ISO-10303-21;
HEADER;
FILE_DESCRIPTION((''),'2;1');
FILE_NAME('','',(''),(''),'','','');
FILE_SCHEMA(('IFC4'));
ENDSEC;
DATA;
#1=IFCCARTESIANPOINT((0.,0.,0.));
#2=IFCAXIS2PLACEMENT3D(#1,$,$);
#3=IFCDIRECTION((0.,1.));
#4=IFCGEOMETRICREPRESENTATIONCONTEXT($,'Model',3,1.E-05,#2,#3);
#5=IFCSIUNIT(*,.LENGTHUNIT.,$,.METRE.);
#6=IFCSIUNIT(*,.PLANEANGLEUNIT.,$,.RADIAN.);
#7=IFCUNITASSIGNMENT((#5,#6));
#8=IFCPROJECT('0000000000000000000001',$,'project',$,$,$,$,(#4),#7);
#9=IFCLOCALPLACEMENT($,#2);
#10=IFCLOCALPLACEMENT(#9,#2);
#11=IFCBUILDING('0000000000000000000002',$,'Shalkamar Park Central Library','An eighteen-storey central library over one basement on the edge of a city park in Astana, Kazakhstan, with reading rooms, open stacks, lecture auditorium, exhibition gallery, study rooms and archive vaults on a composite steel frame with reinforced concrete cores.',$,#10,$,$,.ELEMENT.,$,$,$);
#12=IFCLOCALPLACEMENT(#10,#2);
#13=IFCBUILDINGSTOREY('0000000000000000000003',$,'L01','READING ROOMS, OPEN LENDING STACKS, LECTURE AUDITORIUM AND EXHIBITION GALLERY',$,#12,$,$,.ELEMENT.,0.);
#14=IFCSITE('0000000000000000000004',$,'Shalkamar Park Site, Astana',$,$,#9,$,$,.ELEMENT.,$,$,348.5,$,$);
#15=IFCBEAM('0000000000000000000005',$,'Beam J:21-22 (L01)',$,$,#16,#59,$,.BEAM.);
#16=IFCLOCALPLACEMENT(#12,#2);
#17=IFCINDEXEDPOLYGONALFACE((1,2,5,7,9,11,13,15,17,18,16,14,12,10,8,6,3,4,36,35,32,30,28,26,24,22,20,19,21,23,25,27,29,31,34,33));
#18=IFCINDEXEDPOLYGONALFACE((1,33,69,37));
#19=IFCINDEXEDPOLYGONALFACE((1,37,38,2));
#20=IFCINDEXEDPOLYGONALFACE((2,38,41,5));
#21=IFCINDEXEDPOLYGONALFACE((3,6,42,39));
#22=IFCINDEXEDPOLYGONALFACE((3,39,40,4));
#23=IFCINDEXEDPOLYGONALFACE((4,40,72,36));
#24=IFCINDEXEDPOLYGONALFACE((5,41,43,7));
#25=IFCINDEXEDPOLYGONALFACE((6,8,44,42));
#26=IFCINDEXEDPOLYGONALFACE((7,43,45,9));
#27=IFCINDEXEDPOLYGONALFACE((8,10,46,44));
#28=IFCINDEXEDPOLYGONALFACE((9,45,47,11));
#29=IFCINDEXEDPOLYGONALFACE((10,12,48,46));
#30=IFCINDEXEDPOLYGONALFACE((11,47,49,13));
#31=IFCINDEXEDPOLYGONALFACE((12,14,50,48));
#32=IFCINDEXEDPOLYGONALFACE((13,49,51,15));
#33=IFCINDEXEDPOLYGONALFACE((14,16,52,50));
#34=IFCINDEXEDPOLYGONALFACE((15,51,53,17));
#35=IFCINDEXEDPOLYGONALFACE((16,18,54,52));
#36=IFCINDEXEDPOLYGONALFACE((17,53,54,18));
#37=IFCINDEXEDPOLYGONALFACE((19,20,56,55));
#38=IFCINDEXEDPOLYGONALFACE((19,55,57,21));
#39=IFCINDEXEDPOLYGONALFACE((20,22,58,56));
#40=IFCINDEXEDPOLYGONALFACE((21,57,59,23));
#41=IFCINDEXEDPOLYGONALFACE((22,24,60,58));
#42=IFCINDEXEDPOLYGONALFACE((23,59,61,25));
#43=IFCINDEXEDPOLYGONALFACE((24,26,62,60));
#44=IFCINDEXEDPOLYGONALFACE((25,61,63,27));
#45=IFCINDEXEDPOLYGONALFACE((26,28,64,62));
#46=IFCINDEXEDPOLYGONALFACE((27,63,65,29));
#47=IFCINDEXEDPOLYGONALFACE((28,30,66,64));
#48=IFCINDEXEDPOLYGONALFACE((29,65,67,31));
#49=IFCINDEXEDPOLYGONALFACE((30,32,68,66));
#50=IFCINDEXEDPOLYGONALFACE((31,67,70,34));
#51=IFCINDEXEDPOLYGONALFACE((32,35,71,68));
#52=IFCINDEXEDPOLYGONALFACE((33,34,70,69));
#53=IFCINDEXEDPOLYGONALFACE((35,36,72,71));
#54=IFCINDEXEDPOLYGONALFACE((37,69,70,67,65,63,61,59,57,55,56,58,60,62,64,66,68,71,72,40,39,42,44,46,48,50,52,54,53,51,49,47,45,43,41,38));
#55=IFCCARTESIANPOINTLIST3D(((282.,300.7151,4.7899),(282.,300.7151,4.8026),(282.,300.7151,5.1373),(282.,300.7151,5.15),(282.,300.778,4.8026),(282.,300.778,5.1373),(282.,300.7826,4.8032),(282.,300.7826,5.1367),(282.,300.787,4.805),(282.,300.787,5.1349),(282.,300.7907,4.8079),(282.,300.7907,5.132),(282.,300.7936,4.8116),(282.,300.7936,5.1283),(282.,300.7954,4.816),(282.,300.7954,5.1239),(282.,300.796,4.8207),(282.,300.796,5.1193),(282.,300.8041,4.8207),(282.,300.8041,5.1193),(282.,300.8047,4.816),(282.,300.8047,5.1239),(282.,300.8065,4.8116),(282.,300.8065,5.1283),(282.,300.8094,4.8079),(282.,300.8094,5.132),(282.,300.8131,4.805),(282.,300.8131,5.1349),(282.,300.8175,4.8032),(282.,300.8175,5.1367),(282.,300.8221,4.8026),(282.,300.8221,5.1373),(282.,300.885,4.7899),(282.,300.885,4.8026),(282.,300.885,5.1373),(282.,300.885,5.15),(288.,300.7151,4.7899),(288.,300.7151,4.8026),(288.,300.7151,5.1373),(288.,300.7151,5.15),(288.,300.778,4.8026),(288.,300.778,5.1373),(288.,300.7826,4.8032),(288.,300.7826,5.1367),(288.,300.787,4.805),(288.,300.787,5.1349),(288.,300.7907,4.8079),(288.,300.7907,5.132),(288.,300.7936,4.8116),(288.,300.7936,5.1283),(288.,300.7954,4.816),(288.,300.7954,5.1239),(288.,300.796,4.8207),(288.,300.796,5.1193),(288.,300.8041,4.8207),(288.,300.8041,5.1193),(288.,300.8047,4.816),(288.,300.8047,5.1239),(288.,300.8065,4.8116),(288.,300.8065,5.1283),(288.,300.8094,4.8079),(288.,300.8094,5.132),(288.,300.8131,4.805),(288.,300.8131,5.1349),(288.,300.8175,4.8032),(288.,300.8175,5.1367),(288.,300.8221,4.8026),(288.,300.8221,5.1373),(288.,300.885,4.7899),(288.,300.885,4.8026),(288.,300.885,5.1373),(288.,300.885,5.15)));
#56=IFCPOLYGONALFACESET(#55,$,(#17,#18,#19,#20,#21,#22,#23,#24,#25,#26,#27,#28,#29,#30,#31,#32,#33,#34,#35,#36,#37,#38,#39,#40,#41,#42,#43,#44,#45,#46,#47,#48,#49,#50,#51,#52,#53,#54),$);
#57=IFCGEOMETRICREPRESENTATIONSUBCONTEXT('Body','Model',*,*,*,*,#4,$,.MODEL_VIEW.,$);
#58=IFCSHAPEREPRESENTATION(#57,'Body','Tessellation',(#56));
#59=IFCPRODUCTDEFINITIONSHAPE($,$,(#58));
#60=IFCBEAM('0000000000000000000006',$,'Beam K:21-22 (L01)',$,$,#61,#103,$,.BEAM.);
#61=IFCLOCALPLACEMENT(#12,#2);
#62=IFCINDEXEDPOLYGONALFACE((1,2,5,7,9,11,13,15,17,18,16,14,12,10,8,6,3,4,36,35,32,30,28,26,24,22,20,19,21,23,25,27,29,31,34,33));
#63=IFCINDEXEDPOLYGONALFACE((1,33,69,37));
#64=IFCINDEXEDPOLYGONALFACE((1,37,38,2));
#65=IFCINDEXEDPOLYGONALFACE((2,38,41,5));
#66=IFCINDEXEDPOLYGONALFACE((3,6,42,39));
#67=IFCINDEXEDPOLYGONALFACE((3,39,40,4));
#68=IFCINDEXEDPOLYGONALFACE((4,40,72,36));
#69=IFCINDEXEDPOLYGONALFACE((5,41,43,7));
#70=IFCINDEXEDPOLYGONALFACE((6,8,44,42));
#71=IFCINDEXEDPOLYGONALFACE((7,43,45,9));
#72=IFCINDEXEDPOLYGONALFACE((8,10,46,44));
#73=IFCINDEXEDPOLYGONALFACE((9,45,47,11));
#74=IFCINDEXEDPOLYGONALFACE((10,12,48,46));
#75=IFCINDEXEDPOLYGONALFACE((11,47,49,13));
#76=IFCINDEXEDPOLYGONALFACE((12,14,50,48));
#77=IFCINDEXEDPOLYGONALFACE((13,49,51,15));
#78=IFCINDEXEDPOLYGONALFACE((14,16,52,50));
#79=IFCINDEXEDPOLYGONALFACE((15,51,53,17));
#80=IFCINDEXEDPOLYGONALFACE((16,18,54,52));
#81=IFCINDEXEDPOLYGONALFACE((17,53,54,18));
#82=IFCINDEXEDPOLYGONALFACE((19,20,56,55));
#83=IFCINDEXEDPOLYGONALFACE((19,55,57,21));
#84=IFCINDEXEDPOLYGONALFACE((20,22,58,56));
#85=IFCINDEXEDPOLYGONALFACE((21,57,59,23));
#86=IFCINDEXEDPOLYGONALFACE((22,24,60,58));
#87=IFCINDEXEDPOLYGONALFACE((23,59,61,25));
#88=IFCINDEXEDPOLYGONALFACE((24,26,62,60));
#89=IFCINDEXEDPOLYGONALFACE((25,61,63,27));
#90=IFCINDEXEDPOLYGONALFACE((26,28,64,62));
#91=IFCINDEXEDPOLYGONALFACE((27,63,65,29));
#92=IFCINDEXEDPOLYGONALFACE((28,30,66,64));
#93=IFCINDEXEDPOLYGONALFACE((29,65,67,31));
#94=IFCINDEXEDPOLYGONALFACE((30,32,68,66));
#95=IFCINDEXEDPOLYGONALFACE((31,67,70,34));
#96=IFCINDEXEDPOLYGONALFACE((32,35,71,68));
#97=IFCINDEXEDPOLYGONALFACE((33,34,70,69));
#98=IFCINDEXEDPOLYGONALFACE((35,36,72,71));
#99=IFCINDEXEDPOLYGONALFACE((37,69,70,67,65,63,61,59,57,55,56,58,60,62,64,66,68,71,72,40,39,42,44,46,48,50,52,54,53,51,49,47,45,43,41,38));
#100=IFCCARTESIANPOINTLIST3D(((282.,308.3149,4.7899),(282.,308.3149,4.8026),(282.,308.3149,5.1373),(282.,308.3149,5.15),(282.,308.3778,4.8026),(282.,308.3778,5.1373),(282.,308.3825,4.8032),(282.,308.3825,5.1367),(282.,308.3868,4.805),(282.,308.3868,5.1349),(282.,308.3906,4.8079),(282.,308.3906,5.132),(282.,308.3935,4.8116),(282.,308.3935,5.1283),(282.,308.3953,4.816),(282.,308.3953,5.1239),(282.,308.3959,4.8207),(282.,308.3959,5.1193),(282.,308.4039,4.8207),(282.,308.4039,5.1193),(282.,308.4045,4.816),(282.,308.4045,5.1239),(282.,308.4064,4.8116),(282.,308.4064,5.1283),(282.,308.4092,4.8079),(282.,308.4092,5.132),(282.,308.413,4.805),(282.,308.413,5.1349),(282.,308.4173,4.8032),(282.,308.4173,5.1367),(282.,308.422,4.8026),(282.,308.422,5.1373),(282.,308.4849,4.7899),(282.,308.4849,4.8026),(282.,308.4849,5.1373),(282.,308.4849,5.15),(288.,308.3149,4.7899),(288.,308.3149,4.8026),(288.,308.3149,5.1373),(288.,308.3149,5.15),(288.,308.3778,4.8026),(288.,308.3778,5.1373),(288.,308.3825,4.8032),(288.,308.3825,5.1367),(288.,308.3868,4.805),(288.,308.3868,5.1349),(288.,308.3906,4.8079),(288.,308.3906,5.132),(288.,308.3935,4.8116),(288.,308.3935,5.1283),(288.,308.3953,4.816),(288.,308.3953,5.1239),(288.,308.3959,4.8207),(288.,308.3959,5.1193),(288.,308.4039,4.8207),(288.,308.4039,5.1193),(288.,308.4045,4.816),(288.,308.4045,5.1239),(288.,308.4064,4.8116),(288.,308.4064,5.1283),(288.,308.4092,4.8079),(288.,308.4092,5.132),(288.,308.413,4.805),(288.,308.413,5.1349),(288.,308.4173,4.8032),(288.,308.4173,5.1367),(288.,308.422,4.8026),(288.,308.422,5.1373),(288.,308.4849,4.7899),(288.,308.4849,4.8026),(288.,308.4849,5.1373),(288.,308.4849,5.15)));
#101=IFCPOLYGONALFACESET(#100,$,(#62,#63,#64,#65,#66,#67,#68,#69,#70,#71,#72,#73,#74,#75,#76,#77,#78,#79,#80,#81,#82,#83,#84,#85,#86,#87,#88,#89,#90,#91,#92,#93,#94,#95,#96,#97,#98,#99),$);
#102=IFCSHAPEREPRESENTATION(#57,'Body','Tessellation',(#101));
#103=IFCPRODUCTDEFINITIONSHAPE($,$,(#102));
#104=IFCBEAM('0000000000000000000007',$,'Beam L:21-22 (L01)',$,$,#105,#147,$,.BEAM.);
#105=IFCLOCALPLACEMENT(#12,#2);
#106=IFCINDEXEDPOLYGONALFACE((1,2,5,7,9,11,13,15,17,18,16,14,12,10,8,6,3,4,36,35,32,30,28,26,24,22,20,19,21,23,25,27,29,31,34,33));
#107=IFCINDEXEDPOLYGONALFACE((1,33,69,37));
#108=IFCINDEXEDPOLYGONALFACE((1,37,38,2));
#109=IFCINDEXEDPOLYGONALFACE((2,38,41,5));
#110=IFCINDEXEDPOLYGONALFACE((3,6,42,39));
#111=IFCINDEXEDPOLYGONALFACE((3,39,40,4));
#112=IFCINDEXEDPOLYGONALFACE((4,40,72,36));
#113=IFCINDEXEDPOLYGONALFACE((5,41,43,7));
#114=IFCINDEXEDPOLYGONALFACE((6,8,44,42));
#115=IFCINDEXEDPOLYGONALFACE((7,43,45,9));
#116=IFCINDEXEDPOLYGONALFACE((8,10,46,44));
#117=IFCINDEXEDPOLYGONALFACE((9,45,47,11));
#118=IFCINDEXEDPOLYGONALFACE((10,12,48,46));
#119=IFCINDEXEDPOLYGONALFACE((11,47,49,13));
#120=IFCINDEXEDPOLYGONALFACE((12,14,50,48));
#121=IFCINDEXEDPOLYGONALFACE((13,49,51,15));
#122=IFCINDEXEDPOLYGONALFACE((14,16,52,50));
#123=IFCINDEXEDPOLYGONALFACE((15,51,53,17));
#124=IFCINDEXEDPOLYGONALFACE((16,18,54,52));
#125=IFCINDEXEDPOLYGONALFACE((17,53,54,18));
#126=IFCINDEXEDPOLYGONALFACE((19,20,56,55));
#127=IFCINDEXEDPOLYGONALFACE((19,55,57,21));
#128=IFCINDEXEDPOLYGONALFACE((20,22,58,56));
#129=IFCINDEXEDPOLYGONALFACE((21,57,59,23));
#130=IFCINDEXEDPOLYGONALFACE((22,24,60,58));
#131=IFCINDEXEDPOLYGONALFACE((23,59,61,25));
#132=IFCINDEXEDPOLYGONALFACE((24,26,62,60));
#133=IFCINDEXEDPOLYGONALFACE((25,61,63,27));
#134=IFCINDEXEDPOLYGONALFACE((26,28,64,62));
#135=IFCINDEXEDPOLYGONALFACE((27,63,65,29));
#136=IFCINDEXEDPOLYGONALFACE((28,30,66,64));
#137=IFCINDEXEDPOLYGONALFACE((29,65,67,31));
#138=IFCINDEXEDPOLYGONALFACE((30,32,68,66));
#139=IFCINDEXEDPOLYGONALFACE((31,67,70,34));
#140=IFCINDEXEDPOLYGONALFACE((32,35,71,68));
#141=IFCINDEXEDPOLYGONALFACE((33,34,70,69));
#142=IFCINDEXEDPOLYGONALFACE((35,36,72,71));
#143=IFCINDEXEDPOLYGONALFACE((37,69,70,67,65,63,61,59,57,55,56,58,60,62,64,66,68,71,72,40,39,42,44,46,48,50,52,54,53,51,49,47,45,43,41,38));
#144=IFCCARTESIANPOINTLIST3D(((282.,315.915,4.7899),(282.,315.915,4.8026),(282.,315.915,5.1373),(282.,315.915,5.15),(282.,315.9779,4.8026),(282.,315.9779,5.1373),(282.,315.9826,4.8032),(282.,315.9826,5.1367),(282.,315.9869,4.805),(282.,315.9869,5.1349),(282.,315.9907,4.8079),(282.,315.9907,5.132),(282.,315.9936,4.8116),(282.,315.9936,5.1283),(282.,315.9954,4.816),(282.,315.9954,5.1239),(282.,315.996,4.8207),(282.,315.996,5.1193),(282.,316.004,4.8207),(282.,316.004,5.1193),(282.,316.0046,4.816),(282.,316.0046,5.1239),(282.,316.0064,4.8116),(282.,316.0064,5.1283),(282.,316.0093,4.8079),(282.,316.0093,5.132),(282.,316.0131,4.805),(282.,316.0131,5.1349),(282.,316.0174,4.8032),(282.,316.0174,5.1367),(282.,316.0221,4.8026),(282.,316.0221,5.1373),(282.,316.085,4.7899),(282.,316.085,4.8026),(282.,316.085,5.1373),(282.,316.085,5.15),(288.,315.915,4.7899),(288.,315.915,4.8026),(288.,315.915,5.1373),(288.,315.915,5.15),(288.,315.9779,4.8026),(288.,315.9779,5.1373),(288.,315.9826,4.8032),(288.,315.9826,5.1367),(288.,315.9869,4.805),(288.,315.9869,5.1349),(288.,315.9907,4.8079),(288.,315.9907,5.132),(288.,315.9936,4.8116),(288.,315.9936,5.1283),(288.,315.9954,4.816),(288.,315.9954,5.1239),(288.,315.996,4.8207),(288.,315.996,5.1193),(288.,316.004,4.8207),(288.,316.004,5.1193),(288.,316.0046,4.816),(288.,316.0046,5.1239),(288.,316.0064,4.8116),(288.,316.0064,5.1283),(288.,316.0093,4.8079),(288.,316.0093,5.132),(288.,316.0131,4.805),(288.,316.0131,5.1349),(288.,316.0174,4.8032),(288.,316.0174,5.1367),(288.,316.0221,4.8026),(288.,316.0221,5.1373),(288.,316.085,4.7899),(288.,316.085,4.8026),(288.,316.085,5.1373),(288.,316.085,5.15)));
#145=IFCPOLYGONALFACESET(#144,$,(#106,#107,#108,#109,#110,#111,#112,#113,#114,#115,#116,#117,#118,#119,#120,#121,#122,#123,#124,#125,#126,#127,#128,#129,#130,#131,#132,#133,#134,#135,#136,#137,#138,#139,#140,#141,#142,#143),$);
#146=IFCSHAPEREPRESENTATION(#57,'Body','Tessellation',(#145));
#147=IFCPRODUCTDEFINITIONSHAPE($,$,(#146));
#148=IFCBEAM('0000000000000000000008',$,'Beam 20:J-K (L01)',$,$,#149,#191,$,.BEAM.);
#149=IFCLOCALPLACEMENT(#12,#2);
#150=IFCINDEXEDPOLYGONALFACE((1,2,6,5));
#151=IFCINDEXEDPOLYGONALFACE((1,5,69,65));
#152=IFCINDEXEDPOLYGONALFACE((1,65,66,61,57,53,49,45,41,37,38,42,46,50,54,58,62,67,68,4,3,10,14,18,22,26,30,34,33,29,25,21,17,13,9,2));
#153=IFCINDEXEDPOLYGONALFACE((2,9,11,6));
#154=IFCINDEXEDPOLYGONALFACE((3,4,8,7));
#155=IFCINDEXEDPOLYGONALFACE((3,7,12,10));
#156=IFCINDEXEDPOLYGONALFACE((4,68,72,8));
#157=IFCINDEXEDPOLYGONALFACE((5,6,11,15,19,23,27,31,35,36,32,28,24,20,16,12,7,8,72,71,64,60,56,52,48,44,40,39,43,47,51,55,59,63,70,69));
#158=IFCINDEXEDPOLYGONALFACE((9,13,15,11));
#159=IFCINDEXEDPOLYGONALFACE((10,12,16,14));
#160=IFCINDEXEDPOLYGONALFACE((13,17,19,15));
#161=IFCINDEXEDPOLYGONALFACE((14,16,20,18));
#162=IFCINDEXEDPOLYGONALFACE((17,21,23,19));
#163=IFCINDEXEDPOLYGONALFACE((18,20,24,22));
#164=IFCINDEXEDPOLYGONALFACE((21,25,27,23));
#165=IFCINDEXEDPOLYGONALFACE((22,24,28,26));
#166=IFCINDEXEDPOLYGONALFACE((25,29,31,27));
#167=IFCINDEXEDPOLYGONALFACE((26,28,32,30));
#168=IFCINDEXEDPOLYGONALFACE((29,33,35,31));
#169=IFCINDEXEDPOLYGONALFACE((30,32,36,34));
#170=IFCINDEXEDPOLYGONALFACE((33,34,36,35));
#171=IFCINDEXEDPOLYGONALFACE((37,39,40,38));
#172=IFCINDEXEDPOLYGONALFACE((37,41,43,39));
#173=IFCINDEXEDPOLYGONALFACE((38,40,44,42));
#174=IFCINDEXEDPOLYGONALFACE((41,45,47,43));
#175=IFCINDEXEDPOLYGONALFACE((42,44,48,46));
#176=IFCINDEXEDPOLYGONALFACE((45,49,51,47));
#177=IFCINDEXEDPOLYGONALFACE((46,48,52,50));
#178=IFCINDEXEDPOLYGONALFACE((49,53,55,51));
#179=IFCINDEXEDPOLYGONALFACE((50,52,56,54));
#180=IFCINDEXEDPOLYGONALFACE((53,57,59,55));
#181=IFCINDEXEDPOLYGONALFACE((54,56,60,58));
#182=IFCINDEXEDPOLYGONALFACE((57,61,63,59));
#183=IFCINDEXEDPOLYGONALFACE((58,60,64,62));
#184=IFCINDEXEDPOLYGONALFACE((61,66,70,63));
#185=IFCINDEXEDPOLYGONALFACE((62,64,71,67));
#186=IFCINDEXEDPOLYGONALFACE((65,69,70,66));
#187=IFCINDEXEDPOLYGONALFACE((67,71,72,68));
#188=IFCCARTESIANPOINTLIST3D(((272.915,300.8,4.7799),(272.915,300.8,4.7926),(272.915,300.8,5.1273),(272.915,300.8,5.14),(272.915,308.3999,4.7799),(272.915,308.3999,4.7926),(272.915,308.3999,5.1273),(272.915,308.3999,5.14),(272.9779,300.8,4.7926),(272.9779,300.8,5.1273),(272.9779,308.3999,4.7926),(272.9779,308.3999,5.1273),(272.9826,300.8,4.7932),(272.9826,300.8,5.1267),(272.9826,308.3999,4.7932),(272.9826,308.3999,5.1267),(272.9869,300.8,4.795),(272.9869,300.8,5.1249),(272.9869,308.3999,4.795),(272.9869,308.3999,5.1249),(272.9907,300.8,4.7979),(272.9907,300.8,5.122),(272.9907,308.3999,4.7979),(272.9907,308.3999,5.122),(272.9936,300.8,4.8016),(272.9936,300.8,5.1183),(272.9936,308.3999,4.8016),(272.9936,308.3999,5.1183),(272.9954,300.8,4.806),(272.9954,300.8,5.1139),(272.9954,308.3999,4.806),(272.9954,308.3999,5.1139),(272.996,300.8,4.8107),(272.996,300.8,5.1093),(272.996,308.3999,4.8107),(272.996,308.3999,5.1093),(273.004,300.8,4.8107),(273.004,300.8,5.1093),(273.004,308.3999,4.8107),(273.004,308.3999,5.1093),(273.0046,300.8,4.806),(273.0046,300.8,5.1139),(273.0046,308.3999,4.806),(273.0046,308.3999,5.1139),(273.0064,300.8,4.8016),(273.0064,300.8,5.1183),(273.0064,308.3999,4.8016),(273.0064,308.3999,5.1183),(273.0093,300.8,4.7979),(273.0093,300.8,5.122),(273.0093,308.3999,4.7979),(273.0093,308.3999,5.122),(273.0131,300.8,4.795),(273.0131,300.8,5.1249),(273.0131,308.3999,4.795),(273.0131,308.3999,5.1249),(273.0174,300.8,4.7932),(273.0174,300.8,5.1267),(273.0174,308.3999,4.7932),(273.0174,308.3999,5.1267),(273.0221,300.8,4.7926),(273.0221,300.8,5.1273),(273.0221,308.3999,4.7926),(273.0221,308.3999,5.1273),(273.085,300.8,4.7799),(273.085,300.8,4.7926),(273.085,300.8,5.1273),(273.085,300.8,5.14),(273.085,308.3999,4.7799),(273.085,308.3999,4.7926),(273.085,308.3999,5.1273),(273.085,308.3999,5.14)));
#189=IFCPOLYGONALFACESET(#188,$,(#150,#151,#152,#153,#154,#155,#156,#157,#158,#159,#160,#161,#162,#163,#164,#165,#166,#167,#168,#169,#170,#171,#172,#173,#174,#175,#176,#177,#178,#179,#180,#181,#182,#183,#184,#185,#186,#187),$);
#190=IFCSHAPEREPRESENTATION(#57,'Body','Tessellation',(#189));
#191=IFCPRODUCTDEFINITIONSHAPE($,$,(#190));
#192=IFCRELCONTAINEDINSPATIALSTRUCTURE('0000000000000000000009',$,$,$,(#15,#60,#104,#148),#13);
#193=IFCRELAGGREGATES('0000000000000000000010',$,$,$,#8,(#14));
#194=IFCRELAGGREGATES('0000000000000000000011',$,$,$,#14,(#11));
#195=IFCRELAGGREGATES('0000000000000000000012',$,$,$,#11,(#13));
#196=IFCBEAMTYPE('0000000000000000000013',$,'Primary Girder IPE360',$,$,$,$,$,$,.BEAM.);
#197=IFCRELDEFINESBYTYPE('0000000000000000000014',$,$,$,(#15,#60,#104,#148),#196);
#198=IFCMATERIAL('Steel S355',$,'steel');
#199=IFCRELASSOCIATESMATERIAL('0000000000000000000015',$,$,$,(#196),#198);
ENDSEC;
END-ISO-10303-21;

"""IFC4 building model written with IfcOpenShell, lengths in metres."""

from ifc_helpers import new_model, si_unit, direction, frame, origin, origin_2d, place, context, subcontext, project, spatial, i_section, extrude, material, material_profile, profile_set, type_object, element, save


model = new_model("IFC4")

# Units and contexts
model_context = context("Model", 3, precision=1e-05, world=origin(), true_north=direction((0.0, 1.0)))
body_context = subcontext(model_context, "Body", "Model", "MODEL_VIEW")
ifc_project = project(units=[si_unit("LENGTHUNIT", "METRE"), si_unit("PLANEANGLEUNIT", "RADIAN")], contexts=[model_context])

# Site, building, storey
site_placement = place(None, origin())
site = spatial("IfcSite", under=ifc_project, at=site_placement, Name="Shalkamar Park Site, Astana", CompositionType="ELEMENT", RefElevation=348.5)
building_placement = place(site_placement, origin())
building = spatial("IfcBuilding", under=site, at=building_placement, Name="Shalkamar Park Central Library", Description="An eighteen-storey central library over one basement on the edge of a city park in Astana, Kazakhstan, with reading rooms, open stacks, lecture auditorium, exhibition gallery, study rooms and archive vaults on a composite steel frame with reinforced concrete cores.", CompositionType="ELEMENT")
storey_placement = place(building_placement, origin())
storey = spatial("IfcBuildingStorey", under=building, at=storey_placement, Name="L01", Description="READING ROOMS, OPEN LENDING STACKS, LECTURE AUDITORIUM AND EXHIBITION GALLERY", CompositionType="ELEMENT", Elevation=0.0)

# Shared definitions
ifc_material_1 = material(Name="Steel S355", Category="steel")

# Beams
ifc_material_profile_1 = material_profile(ifc_material_1, i_section(OverallWidth=0.1699, OverallDepth=0.3601, WebThickness=0.0081, FlangeThickness=0.0127, FilletRadius=0.0181, at=origin_2d()), Name="IPE 360")
ifc_profile_set_1 = profile_set([ifc_material_profile_1], Name="Steel S355")
beam_type_1 = type_object("IfcBeamType", Name="Primary Girder IPE360", PredefinedType="BEAM", material=ifc_profile_set_1)
for number, where, z_axis, x_axis, name in (
    (1, (282.0, 300.8, 4.97), (1.0, 0.0, 0.0), (0.0, 1.0, 0.0), "Beam J:21-22 (L01)"),
    (2, (282.0, 308.3999, 4.97), (1.0, 0.0, 0.0), (0.0, 1.0, 0.0), "Beam K:21-22 (L01)"),
    (3, (282.0, 316.0, 4.97), (1.0, 0.0, 0.0), (0.0, 1.0, 0.0), "Beam L:21-22 (L01)"),
):
    element("IfcBeam", number, at=place(storey_placement, frame(where, z_axis=z_axis, x_axis=x_axis)), inside=storey, type_object=beam_type_1, Name=name, PredefinedType="BEAM", context=body_context, shape_type="SweptSolid", body=[
        extrude(i_section(OverallWidth=0.1699, OverallDepth=0.3601, WebThickness=0.0081, FlangeThickness=0.0127, FilletRadius=0.0181, at=origin_2d()), origin(), (0.0, 0.0, 1.0), 6.0),
    ])
beam_1_placement = place(storey_placement, frame((273.0, 300.8, 4.96), z_axis=(0.0, 1.0, 0.0), x_axis=(-1.0, 0.0, 0.0)))
element("IfcBeam", 4, at=beam_1_placement, inside=storey, type_object=beam_type_1, Name="Beam 20:J-K (L01)", PredefinedType="BEAM", context=body_context, shape_type="SweptSolid", body=[
    extrude(i_section(OverallWidth=0.1699, OverallDepth=0.3601, WebThickness=0.0081, FlangeThickness=0.0127, FilletRadius=0.0181, at=origin_2d()), origin(), (0.0, 0.0, 1.0), 7.5999),
])

save(model, "model.ifc")
